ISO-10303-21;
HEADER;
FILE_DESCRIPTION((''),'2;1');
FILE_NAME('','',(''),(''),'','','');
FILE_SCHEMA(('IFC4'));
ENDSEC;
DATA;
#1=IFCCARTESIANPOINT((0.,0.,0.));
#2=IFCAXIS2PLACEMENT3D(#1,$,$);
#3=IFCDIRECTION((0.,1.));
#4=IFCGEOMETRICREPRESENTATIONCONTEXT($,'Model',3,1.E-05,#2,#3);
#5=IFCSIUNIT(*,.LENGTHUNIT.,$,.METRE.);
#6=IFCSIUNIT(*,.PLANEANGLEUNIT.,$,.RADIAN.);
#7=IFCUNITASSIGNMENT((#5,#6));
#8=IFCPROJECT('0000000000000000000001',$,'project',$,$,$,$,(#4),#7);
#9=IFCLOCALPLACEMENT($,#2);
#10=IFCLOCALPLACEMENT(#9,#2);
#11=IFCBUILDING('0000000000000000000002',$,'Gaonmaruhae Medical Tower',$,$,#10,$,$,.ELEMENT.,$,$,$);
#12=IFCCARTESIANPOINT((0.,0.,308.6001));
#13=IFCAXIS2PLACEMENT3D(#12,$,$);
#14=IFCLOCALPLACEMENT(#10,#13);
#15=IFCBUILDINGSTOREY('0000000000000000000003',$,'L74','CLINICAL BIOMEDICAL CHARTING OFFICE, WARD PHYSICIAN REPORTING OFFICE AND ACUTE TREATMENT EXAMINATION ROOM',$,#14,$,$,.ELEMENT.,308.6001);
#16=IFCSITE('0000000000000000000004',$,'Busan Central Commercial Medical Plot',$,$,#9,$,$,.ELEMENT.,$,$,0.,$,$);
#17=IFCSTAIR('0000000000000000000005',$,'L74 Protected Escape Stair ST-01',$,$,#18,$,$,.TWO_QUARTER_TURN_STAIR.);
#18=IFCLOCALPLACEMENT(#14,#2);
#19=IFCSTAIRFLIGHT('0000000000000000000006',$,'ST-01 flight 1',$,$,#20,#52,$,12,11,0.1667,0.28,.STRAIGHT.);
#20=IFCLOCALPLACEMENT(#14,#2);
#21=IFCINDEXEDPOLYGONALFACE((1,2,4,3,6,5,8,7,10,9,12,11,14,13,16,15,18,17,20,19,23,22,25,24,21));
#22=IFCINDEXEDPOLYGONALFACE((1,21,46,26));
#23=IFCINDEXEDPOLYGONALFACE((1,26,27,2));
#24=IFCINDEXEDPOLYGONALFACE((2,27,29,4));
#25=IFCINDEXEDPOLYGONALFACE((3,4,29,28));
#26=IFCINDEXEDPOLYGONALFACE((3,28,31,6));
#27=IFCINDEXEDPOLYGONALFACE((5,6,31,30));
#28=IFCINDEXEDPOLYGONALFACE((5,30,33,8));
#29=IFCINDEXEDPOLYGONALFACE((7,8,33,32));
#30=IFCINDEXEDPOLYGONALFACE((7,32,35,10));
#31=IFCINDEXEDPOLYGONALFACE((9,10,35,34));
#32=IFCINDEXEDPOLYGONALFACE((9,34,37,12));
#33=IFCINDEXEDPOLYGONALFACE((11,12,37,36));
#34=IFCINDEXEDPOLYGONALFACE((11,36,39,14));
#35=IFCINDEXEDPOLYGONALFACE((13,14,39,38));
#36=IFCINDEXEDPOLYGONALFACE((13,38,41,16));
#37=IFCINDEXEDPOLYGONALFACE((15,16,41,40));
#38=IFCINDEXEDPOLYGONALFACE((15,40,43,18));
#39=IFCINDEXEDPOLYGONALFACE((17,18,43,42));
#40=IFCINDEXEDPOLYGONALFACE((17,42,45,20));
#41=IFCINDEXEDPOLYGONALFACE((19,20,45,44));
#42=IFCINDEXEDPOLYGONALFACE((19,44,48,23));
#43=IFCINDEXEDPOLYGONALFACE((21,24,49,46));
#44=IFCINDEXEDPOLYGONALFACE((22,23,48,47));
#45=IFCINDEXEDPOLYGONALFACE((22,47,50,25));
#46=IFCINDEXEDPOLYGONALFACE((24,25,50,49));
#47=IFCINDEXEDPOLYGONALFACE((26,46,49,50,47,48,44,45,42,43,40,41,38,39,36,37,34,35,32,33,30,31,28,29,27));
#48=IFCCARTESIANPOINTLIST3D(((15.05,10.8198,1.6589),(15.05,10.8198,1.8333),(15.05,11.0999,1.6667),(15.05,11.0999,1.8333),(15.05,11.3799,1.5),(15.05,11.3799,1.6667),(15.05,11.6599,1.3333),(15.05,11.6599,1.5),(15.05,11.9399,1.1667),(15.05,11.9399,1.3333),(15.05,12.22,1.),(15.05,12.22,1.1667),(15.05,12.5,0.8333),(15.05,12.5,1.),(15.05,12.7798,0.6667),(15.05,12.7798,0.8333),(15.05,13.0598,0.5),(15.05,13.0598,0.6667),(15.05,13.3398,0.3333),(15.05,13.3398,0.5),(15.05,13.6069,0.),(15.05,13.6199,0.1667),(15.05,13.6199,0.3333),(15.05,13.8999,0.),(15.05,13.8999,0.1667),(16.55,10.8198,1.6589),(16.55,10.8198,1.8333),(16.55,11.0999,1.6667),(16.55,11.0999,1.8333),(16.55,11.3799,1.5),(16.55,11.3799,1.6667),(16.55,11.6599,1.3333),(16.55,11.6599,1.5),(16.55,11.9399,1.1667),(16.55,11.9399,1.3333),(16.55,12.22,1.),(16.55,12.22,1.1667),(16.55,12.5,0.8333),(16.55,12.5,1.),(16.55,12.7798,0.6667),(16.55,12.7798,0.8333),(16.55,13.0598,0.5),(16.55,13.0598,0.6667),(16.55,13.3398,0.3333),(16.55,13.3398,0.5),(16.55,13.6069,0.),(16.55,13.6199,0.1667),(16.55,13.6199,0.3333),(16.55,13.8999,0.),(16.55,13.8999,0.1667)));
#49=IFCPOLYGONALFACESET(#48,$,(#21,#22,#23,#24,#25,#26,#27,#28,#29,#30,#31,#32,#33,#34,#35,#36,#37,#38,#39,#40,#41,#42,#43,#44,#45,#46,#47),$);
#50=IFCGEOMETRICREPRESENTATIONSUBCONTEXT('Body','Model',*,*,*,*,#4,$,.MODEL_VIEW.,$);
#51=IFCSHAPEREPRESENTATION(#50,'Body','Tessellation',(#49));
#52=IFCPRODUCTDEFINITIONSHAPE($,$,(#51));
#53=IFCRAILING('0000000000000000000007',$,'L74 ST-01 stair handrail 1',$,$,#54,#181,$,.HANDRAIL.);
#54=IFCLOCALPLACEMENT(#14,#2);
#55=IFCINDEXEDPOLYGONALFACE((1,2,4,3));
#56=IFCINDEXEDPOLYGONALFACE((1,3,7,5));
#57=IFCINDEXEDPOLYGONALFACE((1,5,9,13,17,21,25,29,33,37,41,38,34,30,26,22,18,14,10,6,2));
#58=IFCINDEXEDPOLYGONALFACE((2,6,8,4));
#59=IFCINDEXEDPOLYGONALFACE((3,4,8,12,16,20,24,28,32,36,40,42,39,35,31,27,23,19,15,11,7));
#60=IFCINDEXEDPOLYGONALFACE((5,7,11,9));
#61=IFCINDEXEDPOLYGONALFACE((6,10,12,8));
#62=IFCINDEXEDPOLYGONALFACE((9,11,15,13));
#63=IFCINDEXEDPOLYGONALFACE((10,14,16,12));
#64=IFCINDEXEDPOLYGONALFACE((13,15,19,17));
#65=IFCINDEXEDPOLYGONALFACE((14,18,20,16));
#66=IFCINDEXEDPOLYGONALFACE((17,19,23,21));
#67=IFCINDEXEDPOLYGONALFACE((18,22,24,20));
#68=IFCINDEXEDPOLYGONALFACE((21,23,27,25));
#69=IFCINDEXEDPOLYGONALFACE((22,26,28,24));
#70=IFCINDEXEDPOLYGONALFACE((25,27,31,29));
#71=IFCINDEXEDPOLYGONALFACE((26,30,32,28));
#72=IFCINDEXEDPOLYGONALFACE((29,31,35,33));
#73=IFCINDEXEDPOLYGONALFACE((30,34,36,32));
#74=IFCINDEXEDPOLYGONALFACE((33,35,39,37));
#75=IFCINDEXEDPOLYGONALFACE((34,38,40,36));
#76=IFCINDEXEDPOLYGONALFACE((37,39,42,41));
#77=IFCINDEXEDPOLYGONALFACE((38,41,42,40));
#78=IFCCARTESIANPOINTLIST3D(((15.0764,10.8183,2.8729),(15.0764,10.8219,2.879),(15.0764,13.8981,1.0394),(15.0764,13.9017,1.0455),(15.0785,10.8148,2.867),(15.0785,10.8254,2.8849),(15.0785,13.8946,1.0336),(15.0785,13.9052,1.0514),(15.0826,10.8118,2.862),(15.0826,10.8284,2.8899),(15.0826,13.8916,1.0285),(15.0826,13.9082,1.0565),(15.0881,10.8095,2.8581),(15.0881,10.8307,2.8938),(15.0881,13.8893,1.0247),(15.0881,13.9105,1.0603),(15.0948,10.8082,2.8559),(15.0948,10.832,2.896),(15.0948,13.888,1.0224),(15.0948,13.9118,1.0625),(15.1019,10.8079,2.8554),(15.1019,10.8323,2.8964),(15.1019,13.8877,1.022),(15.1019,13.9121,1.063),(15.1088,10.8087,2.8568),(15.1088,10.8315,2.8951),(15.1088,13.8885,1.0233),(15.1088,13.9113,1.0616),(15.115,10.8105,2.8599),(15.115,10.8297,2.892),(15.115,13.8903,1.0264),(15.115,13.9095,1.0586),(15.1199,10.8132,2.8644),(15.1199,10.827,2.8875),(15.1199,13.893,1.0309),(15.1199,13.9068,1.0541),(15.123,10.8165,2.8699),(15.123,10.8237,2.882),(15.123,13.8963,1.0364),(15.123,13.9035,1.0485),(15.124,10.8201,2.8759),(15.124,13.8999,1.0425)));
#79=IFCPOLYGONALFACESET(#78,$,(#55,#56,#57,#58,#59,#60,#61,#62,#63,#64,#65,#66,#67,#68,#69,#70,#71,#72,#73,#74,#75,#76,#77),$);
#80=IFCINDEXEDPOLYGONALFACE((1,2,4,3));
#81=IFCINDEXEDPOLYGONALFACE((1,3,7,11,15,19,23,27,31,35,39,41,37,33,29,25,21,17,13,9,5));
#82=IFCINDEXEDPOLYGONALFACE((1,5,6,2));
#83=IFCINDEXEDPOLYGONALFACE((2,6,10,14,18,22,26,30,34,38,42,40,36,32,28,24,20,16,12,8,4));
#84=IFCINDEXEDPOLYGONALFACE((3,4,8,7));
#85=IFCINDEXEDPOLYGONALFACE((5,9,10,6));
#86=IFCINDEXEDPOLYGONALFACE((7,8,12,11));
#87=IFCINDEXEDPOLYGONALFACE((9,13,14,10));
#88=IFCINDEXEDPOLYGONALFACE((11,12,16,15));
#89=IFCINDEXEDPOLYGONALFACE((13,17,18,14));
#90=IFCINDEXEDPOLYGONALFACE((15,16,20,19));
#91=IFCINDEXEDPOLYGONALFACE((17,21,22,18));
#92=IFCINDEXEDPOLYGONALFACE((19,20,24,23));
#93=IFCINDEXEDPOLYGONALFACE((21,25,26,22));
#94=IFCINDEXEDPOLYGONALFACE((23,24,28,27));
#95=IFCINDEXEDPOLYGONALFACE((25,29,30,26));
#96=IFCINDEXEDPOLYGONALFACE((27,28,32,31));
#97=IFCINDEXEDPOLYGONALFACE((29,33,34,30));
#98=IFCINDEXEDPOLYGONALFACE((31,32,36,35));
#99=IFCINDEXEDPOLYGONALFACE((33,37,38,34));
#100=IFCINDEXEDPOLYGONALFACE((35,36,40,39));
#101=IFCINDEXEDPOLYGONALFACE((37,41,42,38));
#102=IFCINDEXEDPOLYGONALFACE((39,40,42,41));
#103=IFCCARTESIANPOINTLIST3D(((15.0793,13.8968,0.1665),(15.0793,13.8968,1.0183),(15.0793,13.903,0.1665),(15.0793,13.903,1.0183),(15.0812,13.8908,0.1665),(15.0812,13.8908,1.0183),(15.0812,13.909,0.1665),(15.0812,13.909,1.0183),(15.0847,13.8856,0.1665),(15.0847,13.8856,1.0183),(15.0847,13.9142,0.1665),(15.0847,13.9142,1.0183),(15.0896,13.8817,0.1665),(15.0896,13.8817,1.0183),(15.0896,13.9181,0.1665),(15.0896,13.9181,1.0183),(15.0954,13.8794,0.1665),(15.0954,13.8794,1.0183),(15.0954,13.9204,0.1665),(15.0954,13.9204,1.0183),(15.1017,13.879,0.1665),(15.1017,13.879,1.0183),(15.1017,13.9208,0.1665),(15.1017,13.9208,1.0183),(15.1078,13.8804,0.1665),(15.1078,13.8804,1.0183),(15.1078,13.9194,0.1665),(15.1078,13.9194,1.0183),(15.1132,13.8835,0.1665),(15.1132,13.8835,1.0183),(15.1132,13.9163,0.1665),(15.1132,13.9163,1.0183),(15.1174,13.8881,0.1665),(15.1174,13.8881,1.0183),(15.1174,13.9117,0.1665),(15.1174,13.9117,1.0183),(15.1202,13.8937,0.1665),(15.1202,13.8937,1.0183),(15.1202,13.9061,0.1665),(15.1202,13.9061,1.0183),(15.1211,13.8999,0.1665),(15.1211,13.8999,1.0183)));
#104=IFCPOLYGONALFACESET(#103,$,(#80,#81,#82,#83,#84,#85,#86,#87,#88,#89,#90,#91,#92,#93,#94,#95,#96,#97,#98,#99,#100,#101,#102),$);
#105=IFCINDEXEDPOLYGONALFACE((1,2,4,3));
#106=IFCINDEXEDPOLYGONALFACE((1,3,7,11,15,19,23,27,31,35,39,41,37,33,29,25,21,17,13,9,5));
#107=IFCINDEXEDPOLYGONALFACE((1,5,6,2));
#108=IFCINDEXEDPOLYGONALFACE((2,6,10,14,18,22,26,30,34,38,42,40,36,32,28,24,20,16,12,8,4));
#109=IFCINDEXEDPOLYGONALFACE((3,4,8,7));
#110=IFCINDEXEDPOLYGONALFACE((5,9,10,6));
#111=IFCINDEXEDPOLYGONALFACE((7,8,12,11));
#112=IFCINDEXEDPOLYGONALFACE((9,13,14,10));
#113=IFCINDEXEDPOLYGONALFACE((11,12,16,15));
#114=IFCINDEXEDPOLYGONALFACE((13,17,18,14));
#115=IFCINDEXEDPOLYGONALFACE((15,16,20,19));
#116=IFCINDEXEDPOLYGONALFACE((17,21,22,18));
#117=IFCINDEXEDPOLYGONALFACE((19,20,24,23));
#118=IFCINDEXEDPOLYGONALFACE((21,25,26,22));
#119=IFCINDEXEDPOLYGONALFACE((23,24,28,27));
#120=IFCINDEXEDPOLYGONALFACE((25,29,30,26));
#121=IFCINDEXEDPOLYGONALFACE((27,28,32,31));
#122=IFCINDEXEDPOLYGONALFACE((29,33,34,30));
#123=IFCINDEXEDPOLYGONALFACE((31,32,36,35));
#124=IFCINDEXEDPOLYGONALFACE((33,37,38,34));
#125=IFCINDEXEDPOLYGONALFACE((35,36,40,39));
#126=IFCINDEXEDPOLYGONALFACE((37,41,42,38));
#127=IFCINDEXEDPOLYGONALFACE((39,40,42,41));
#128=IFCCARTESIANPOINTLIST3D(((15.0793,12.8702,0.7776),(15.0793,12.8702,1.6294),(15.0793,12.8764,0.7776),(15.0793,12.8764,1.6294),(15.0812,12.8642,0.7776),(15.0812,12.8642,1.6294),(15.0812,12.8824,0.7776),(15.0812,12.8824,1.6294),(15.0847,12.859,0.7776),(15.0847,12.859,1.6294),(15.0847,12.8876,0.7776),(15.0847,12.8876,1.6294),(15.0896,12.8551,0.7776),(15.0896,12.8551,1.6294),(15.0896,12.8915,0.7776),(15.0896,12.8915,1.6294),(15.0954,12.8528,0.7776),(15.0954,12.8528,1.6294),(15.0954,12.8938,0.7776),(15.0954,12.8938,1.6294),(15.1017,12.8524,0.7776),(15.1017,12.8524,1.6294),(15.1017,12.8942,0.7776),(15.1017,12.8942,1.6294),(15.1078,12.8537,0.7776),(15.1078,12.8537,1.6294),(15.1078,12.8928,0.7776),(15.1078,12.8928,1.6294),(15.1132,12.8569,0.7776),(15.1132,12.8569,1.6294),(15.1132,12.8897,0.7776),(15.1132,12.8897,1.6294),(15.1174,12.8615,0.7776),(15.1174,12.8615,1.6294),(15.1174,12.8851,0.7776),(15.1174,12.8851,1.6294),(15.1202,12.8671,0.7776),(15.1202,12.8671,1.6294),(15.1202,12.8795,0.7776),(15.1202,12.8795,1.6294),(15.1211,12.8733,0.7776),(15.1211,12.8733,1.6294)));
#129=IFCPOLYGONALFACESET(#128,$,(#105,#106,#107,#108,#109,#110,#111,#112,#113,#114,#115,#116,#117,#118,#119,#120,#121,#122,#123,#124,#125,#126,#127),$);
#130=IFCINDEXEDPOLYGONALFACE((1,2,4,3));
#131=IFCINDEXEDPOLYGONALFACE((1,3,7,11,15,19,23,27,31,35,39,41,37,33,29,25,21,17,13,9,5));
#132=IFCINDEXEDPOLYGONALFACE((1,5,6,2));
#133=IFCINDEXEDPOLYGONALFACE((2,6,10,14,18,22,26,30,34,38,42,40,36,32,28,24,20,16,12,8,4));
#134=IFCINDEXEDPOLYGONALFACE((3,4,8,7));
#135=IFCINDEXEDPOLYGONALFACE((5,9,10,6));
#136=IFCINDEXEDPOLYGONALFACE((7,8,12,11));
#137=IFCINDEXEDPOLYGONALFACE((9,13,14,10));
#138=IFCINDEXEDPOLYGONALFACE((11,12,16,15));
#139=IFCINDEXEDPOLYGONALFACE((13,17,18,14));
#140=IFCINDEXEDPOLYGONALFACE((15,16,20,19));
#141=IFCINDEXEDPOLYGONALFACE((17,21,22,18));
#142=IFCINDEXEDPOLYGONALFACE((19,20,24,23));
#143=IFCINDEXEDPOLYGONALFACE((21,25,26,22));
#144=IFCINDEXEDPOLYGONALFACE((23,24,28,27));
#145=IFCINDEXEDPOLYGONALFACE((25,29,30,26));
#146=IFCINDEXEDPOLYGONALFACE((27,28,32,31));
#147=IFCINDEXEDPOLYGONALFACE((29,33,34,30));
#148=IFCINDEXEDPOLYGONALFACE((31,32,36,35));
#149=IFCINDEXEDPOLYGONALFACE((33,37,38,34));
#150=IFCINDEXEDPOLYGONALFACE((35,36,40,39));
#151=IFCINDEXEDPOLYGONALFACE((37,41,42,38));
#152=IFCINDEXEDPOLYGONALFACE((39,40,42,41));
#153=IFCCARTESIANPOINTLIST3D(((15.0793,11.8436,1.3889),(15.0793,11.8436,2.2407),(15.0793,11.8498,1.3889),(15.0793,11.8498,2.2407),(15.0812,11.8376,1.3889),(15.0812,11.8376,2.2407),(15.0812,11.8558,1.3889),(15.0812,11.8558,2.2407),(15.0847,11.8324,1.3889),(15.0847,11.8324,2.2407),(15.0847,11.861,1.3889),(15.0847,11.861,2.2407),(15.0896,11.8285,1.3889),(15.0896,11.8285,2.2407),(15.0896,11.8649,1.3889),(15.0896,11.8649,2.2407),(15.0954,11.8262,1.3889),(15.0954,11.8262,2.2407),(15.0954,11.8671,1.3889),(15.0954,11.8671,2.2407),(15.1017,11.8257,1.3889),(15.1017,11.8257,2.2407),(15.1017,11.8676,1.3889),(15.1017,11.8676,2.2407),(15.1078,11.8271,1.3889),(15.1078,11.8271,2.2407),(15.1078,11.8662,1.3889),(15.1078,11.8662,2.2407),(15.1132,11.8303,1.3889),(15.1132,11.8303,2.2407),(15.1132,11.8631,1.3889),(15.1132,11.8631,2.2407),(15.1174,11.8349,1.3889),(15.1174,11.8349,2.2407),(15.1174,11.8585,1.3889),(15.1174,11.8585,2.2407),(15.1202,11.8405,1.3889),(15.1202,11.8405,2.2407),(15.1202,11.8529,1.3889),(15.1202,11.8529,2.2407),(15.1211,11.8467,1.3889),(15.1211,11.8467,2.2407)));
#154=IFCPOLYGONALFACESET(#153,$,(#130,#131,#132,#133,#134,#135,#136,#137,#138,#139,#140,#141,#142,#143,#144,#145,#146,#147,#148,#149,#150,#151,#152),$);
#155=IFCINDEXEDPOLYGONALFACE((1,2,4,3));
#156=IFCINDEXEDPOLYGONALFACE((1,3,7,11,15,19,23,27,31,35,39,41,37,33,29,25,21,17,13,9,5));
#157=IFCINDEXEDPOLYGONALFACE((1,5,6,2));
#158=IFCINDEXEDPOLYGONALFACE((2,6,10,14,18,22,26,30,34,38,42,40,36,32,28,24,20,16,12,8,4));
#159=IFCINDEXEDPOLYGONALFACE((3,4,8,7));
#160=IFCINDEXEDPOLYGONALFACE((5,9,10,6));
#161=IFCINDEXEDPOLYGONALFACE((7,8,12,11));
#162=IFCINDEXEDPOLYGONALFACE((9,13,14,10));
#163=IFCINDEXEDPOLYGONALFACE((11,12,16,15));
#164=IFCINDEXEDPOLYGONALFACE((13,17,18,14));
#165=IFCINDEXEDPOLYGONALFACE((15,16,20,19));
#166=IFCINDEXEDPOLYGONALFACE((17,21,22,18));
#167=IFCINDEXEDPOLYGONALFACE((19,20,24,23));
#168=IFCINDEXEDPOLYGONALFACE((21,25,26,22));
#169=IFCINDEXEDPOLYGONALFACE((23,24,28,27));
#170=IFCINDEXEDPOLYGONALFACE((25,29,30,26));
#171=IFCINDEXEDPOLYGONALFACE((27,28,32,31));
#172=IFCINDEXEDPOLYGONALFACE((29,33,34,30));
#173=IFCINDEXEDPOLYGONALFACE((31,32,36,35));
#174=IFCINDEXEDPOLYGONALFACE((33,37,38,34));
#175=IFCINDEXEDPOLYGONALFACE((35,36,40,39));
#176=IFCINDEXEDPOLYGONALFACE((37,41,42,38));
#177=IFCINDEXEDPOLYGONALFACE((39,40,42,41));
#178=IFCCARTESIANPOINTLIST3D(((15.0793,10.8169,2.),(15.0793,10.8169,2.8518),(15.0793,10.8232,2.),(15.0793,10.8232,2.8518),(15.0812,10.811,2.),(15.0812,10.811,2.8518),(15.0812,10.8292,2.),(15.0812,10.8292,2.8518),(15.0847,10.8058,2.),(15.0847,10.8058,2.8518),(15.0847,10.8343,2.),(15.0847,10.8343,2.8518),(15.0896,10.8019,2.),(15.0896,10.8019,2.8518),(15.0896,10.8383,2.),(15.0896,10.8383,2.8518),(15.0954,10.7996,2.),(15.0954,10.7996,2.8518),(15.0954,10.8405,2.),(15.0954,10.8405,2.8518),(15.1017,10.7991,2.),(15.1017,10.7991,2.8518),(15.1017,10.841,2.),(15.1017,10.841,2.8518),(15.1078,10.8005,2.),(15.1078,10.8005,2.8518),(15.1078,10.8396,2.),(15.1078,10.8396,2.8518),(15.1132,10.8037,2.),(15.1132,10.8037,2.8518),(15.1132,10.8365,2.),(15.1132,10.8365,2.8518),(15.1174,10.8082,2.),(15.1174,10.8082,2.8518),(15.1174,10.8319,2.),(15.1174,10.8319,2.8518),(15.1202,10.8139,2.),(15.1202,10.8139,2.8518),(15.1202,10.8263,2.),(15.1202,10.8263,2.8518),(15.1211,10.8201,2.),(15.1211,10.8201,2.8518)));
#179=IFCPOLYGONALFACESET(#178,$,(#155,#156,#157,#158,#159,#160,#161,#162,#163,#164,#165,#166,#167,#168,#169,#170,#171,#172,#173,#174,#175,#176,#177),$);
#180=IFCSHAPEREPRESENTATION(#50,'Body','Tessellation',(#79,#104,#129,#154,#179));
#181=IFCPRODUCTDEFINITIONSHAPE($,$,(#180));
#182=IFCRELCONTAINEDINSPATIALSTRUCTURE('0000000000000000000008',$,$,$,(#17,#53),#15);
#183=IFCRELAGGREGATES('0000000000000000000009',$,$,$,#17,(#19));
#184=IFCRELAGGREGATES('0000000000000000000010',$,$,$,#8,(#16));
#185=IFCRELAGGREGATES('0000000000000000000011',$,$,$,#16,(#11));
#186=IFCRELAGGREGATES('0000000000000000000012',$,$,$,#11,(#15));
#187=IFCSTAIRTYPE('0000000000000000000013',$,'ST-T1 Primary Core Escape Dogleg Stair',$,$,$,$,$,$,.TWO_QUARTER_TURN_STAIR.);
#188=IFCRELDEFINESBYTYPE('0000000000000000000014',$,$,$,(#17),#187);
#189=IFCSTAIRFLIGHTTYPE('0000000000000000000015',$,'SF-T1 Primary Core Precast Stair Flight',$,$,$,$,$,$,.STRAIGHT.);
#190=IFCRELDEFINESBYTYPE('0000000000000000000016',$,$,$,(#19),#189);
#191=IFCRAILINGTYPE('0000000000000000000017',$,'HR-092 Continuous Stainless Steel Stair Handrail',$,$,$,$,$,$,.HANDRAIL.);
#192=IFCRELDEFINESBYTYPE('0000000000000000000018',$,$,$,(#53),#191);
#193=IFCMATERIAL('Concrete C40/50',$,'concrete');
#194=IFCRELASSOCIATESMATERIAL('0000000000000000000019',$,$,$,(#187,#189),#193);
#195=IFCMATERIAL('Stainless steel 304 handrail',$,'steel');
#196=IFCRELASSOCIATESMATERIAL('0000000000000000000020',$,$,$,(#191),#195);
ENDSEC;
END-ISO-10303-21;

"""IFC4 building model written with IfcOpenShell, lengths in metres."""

from ifc_helpers import new_model, si_unit, direction, frame, origin, origin_2d, place, context, subcontext, project, spatial, polyline, circle, outline, extrude, material, type_object, element, aggregate, save


model = new_model("IFC4")

# Units and contexts
model_context = context("Model", 3, precision=1e-05, world=origin(), true_north=direction((0.0, 1.0)))
body_context = subcontext(model_context, "Body", "Model", "MODEL_VIEW")
ifc_project = project(units=[si_unit("LENGTHUNIT", "METRE"), si_unit("PLANEANGLEUNIT", "RADIAN")], contexts=[model_context])

# Site, building, storey
site_placement = place(None, origin())
site = spatial("IfcSite", under=ifc_project, at=site_placement, Name="Busan Central Commercial Medical Plot", CompositionType="ELEMENT", RefElevation=0.0)
building_placement = place(site_placement, origin())
building = spatial("IfcBuilding", under=site, at=building_placement, Name="Gaonmaruhae Medical Tower", CompositionType="ELEMENT")
storey_placement = place(building_placement, frame((0.0, 0.0, 308.6001)))
storey = spatial("IfcBuildingStorey", under=building, at=storey_placement, Name="L74", Description="CLINICAL BIOMEDICAL CHARTING OFFICE, WARD PHYSICIAN REPORTING OFFICE AND ACUTE TREATMENT EXAMINATION ROOM", CompositionType="ELEMENT", Elevation=308.6001)

# Stair, stair flight
ifc_material_1 = material(Name="Concrete C40/50", Category="concrete")
stair_type = type_object("IfcStairType", Name="ST-T1 Primary Core Escape Dogleg Stair", PredefinedType="TWO_QUARTER_TURN_STAIR", material=ifc_material_1)
stair_placement = place(storey_placement, origin())
stair = element("IfcStair", 1, at=stair_placement, inside=storey, type_object=stair_type, Name="L74 Protected Escape Stair ST-01", PredefinedType="TWO_QUARTER_TURN_STAIR")
stair_flight_type = type_object("IfcStairFlightType", Name="SF-T1 Primary Core Precast Stair Flight", PredefinedType="STRAIGHT", material=ifc_material_1)
stair_flight_placement = place(storey_placement, frame((15.8, 13.8999, 0.0), z_axis=(0.0, 0.0, 1.0), x_axis=(0.0, -1.0, 0.0)))
stair_flight = element("IfcStairFlight", 2, at=stair_flight_placement, type_object=stair_flight_type, Name="ST-01 flight 1", NumberOfRisers=12, NumberOfTreads=11, PredefinedType="STRAIGHT", RiserHeight=0.1667, TreadLength=0.28, context=body_context, shape_type="SweptSolid", body=[
    extrude(outline(polyline([(0.0, 0.0), (0.0, 0.1667), (0.28, 0.1667), (0.28, 0.3333), (0.5601, 0.3333), (0.5601, 0.5), (0.8401, 0.5), (0.8401, 0.6667), (1.1201, 0.6667), (1.1201, 0.8333), (1.3999, 0.8333), (1.3999, 1.0), (1.6799, 1.0), (1.6799, 1.1667), (1.96, 1.1667), (1.96, 1.3333), (2.24, 1.3333), (2.24, 1.5), (2.52, 1.5), (2.52, 1.6667), (2.8, 1.6667), (2.8, 1.8333), (3.0801, 1.8333), (3.0801, 2.0), (3.0801, 1.6589), (0.293, 0.0), (0.0, 0.0)])), frame((0.0, 0.75, 0.0), z_axis=(0.0, -1.0, 0.0), x_axis=(1.0, 0.0, 0.0)), (0.0, 0.0, 1.0), 1.5),
])
aggregate(stair, [stair_flight])

# Railing
ifc_material_2 = material(Name="Stainless steel 304 handrail", Category="steel")
railing_type_1 = type_object("IfcRailingType", Name="HR-092 Continuous Stainless Steel Stair Handrail", PredefinedType="HANDRAIL", material=ifc_material_2)
railing_1_placement = place(storey_placement, frame((15.1001, 13.8999, 0.1665)))
element("IfcRailing", 3, at=railing_1_placement, inside=storey, type_object=railing_type_1, Name="L74 ST-01 stair handrail 1", PredefinedType="HANDRAIL", context=body_context, shape_type="SweptSolid", body=[
    extrude(circle(Radius=0.0239, at=origin_2d()), frame((0.0, 0.0, 0.876), z_axis=(0.0, -0.859261, 0.511538), x_axis=(1.0, 0.0, 0.0)), (0.0, 0.0, 1.0), 3.5842),
    extrude(circle(Radius=0.021, at=origin_2d()), origin(), (0.0, 0.0, 1.0), 0.8518),
    extrude(circle(Radius=0.021, at=origin_2d()), frame((0.0, -1.0266, 0.6111)), (0.0, 0.0, 1.0), 0.8518),
    extrude(circle(Radius=0.021, at=origin_2d()), frame((0.0, -2.0532, 1.2224)), (0.0, 0.0, 1.0), 0.8518),
    extrude(circle(Radius=0.021, at=origin_2d()), frame((0.0, -3.0798, 1.8335)), (0.0, 0.0, 1.0), 0.8518),
])

save(model, "model.ifc")
